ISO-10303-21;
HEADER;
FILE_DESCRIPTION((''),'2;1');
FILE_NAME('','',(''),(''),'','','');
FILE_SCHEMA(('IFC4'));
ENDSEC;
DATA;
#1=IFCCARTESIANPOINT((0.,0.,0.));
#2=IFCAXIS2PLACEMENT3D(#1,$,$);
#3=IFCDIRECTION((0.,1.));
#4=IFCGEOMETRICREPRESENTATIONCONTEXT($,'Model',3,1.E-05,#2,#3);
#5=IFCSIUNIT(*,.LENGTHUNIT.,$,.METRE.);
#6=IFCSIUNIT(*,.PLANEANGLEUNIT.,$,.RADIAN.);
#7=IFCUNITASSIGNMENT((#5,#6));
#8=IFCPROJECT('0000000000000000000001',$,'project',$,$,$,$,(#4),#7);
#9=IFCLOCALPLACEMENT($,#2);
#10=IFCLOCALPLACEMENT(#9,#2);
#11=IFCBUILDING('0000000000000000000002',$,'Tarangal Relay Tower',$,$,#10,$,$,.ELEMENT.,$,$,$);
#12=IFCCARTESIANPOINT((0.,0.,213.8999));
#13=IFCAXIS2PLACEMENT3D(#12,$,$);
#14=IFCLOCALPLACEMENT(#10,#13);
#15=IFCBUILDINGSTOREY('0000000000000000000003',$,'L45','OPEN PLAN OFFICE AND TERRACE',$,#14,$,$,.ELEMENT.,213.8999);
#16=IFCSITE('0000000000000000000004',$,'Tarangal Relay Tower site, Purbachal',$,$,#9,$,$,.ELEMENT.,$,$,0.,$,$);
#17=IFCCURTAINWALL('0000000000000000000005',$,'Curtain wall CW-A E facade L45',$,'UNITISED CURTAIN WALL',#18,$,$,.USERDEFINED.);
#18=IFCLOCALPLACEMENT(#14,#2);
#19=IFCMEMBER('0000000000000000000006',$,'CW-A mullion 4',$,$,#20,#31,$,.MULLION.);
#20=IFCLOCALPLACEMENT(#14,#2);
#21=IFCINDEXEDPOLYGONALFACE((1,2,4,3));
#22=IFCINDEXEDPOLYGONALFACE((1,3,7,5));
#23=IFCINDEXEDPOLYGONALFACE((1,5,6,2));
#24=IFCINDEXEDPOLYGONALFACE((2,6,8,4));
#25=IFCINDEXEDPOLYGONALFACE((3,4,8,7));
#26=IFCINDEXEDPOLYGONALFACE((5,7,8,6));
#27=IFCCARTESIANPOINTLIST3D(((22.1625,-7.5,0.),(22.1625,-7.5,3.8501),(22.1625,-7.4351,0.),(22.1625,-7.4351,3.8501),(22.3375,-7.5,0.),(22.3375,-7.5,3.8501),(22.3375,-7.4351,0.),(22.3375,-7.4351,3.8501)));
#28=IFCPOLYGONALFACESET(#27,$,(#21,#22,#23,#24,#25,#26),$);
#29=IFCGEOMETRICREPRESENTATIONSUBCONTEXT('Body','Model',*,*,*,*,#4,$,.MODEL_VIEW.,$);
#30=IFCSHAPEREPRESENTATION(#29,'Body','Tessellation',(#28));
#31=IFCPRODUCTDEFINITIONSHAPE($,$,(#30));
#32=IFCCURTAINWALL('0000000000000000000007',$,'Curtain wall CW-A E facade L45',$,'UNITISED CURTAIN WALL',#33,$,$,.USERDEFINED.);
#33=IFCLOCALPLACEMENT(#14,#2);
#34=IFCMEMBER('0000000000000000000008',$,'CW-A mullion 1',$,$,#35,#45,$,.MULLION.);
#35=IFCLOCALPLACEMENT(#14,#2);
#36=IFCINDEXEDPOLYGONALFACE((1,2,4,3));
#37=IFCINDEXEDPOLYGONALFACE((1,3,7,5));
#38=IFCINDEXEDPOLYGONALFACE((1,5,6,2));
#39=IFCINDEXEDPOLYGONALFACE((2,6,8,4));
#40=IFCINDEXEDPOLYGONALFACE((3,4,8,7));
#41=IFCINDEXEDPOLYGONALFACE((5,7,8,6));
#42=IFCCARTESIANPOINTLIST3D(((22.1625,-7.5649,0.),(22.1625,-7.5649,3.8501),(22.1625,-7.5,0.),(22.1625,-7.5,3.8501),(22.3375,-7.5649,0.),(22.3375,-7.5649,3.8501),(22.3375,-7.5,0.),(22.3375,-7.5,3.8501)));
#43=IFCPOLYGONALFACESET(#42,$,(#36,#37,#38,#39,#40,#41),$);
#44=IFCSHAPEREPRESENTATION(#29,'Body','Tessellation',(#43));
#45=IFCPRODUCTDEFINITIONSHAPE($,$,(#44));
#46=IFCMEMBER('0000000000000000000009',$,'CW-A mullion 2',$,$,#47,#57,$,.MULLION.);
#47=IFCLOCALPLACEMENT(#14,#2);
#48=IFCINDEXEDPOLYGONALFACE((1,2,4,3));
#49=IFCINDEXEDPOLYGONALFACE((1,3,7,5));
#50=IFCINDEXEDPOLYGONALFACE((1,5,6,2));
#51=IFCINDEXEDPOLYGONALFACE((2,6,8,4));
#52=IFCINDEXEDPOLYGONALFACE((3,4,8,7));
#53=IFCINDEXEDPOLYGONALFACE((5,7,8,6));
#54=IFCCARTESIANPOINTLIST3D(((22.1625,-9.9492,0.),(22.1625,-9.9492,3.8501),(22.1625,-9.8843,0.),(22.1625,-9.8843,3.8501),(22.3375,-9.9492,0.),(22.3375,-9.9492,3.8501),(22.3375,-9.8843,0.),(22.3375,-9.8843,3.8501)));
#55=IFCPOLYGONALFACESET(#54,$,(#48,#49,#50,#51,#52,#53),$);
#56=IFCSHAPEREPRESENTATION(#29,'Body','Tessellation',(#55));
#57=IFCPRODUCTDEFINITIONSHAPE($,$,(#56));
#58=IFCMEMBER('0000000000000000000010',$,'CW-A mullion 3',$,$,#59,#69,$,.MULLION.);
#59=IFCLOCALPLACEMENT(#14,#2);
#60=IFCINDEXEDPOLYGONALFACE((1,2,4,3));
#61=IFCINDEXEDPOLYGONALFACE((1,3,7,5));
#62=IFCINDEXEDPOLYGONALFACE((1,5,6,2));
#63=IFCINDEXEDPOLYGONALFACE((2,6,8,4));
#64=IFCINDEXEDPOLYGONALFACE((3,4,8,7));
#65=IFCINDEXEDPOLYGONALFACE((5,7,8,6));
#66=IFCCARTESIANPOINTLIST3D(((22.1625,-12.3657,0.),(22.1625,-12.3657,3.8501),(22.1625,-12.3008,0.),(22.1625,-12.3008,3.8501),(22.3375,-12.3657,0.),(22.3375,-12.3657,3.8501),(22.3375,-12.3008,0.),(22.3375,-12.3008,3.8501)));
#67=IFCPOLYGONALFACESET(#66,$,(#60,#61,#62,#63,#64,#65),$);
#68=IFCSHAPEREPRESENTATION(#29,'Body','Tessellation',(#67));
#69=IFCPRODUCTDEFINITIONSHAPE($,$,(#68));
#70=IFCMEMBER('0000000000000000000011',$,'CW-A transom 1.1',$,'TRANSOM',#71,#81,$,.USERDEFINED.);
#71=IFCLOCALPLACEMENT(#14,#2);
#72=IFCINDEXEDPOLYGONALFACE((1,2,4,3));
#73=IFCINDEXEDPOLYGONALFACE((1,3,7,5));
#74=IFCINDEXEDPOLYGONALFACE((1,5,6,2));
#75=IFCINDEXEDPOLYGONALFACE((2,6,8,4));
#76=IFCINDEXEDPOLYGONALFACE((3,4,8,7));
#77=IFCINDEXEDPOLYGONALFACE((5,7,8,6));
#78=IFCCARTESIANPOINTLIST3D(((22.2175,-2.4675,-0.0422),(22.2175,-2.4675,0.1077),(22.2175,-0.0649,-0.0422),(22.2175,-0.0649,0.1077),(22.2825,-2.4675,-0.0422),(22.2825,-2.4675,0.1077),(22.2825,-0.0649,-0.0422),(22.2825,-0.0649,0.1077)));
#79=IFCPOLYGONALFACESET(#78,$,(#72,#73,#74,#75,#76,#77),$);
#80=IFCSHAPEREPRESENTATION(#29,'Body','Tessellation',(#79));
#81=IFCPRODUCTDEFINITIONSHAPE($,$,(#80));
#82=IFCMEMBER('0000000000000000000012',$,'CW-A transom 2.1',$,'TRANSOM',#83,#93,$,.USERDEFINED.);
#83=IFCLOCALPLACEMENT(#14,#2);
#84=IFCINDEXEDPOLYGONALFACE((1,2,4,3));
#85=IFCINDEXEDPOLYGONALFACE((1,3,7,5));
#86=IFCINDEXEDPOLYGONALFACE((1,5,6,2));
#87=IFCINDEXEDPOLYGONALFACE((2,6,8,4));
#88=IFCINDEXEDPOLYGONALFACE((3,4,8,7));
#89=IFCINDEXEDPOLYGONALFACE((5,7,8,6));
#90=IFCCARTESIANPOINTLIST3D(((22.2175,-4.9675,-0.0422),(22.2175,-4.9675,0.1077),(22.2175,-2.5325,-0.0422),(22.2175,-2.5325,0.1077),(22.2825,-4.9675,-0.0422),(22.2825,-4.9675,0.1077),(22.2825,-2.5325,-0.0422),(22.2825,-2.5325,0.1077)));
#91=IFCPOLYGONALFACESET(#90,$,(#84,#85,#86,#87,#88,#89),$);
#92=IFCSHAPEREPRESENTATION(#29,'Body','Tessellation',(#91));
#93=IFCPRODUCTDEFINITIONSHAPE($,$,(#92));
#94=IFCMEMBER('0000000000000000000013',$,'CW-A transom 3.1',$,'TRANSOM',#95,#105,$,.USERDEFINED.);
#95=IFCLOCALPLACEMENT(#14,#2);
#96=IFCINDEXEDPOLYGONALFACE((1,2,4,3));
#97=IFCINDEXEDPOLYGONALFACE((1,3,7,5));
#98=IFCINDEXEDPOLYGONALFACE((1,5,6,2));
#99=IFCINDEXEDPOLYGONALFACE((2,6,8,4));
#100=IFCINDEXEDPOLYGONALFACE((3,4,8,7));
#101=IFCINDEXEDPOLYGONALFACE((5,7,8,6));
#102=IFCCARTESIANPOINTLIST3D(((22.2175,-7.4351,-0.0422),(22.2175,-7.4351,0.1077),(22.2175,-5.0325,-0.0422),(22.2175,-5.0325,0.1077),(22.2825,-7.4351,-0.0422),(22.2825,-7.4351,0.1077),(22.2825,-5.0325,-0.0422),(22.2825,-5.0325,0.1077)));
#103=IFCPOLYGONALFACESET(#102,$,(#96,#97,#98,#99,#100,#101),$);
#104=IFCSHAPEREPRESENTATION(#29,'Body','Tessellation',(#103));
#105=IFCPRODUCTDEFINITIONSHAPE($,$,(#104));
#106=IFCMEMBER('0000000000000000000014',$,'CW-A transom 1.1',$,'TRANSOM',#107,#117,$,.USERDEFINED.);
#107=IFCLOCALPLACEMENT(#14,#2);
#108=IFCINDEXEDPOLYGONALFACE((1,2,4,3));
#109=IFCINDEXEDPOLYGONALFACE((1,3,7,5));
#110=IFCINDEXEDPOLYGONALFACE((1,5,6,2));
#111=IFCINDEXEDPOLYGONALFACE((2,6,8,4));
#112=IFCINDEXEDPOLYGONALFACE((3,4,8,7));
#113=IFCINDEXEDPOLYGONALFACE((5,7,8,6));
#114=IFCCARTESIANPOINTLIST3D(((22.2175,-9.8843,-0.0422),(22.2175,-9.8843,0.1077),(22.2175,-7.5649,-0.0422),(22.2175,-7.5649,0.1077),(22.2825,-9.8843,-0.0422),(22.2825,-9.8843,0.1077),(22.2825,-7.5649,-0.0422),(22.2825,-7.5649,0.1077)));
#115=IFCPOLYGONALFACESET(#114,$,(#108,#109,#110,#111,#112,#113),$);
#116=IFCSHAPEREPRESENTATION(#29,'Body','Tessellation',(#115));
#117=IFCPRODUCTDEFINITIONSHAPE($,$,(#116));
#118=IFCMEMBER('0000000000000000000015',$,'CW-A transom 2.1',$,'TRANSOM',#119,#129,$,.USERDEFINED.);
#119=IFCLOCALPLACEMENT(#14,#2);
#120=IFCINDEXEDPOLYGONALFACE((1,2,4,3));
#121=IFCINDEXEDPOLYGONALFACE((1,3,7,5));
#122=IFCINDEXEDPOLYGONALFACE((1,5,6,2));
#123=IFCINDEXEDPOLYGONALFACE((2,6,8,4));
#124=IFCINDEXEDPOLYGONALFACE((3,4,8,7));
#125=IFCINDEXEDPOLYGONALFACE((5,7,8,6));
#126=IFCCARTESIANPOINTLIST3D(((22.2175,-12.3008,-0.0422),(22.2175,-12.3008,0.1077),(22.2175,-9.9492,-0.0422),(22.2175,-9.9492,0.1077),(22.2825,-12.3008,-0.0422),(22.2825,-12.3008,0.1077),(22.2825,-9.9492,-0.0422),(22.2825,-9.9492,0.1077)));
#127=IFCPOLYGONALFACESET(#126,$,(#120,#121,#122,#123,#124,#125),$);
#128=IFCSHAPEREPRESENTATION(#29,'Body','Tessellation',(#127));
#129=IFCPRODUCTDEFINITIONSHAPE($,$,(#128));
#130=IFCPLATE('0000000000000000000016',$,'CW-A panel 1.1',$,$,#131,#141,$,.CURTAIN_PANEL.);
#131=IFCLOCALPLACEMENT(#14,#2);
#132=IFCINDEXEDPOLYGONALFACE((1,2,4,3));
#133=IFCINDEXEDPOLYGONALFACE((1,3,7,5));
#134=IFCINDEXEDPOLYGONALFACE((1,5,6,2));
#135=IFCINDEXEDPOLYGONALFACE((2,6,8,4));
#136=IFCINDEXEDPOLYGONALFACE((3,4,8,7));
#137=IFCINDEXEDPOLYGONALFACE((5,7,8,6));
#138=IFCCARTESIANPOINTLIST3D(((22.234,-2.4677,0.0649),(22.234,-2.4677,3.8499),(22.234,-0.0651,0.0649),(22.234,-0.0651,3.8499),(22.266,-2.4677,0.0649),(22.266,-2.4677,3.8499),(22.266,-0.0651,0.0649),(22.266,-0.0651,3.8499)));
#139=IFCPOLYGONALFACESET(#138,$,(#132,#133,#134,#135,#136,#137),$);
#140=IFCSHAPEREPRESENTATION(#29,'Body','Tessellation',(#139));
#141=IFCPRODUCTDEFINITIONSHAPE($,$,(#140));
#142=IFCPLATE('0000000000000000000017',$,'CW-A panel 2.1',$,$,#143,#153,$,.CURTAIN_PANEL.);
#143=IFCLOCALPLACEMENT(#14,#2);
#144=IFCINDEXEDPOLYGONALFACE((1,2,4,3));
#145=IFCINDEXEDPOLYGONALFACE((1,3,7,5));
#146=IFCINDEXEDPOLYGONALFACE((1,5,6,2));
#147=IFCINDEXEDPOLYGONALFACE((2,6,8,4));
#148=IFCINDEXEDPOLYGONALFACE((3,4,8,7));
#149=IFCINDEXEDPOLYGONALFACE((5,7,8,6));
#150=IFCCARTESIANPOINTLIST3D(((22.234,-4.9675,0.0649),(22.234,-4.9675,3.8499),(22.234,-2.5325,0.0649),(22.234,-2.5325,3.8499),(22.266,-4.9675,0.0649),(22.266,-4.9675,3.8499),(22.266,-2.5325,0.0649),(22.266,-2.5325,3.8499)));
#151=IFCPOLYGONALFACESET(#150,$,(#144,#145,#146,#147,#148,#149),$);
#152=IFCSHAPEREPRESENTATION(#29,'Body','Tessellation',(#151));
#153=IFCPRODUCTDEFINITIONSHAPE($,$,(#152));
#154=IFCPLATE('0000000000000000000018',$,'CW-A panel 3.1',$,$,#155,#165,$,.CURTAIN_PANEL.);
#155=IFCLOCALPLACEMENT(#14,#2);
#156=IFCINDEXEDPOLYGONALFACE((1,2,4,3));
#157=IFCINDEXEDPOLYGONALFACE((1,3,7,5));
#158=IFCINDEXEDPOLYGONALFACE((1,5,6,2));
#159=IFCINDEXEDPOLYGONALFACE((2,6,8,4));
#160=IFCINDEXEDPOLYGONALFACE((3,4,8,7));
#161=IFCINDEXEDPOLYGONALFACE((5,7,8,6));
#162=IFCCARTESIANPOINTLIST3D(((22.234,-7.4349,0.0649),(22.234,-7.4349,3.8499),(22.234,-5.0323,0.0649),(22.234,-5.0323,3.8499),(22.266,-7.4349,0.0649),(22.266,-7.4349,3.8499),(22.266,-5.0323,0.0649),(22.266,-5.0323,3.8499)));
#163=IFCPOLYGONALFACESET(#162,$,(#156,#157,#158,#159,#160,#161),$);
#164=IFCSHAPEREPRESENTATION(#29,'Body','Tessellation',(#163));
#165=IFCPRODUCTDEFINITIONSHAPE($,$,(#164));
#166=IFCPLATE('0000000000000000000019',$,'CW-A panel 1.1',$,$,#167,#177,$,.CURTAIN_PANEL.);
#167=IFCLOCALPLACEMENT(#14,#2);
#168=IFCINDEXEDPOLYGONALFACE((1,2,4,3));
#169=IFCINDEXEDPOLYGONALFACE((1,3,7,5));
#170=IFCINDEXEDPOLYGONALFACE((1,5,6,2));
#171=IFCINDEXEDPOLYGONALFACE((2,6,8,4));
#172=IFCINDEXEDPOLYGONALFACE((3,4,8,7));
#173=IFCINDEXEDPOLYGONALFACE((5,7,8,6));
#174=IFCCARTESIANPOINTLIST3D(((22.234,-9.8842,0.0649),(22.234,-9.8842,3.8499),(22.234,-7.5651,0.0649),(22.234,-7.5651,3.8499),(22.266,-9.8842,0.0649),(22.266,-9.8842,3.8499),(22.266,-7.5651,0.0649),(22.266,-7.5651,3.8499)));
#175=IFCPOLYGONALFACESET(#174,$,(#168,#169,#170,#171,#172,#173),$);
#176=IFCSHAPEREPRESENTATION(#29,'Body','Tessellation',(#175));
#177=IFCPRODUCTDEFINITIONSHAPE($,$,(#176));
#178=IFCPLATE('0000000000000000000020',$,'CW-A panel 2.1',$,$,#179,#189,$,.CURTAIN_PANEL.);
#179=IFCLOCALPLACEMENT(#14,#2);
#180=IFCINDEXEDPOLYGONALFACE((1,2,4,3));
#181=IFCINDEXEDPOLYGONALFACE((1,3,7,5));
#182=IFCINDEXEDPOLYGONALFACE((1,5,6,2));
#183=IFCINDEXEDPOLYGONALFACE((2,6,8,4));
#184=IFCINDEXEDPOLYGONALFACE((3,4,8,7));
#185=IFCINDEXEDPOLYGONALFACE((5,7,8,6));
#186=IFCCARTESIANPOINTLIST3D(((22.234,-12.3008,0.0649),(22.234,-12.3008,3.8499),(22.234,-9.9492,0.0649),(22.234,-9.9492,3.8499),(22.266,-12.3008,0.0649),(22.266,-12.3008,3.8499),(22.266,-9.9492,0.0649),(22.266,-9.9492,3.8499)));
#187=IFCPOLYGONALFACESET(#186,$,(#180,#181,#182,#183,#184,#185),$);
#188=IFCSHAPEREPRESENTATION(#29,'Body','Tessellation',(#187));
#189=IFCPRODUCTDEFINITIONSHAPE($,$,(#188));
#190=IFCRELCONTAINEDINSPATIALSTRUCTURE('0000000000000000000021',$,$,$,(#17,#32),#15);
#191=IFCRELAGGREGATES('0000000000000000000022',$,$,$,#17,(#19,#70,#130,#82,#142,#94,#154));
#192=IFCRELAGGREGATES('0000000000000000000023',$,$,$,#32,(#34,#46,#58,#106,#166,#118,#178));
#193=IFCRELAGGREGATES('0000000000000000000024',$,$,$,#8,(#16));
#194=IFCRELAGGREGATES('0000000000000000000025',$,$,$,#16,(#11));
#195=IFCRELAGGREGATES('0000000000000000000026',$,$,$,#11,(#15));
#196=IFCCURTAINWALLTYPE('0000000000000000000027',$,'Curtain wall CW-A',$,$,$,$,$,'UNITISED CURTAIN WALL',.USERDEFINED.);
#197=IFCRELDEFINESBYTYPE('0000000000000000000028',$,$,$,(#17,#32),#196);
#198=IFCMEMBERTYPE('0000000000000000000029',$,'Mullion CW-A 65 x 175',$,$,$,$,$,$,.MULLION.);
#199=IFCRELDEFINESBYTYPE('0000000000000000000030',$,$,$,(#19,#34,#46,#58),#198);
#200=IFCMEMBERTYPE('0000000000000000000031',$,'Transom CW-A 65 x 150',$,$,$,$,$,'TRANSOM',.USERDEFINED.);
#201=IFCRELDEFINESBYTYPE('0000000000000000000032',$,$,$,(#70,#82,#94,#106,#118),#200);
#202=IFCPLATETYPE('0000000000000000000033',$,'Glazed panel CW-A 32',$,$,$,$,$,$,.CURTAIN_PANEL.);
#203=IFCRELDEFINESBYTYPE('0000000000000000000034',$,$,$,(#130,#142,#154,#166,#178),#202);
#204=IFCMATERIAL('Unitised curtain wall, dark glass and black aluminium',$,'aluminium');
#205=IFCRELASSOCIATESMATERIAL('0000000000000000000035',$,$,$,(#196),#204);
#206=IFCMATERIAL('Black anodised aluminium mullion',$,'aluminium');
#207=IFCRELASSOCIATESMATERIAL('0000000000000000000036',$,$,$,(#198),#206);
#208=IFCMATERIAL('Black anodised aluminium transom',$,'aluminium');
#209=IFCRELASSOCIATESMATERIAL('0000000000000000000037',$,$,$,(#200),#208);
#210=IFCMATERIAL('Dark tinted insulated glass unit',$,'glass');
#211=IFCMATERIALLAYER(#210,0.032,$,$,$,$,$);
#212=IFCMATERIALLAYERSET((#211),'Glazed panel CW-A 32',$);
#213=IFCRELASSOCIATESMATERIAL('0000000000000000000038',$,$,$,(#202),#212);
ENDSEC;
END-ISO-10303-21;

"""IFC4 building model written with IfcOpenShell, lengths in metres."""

from ifc_helpers import new_model, si_unit, direction, frame, origin, origin_2d, place, context, subcontext, project, spatial, rectangle, extrude, material, layer, layer_set, material_profile, profile_set, type_object, element, aggregate, save


model = new_model("IFC4")

# Units and contexts
model_context = context("Model", 3, precision=1e-05, world=origin(), true_north=direction((0.0, 1.0)))
body_context = subcontext(model_context, "Body", "Model", "MODEL_VIEW")
ifc_project = project(units=[si_unit("LENGTHUNIT", "METRE"), si_unit("PLANEANGLEUNIT", "RADIAN")], contexts=[model_context])

# Site, building, storey
site_placement = place(None, origin())
site = spatial("IfcSite", under=ifc_project, at=site_placement, Name="Tarangal Relay Tower site, Purbachal", CompositionType="ELEMENT", RefElevation=0.0)
building_placement = place(site_placement, origin())
building = spatial("IfcBuilding", under=site, at=building_placement, Name="Tarangal Relay Tower", CompositionType="ELEMENT")
storey_placement = place(building_placement, frame((0.0, 0.0, 213.8999)))
storey = spatial("IfcBuildingStorey", under=building, at=storey_placement, Name="L45", Description="OPEN PLAN OFFICE AND TERRACE", CompositionType="ELEMENT", Elevation=213.8999)

# Curtain walls, members
ifc_material_1 = material(Name="Unitised curtain wall, dark glass and black aluminium", Category="aluminium")
curtain_wall_type = type_object("IfcCurtainWallType", Name="Curtain wall CW-A", ElementType="UNITISED CURTAIN WALL", PredefinedType="USERDEFINED", material=ifc_material_1)
curtain_wall_1_placement = place(storey_placement, origin())
curtain_wall_1 = element("IfcCurtainWall", 1, at=curtain_wall_1_placement, inside=storey, type_object=curtain_wall_type, Name="Curtain wall CW-A E facade L45", ObjectType="UNITISED CURTAIN WALL", PredefinedType="USERDEFINED")
ifc_material_2 = material(Name="Black anodised aluminium mullion", Category="aluminium")
ifc_material_profile_1 = material_profile(ifc_material_2, rectangle(XDim=0.175, YDim=0.0649, at=origin_2d()), Name="CW-AM 65X175")
ifc_profile_set_1 = profile_set([ifc_material_profile_1], Name="Black anodised aluminium mullion")
member_type_1 = type_object("IfcMemberType", Name="Mullion CW-A 65 x 175", PredefinedType="MULLION", material=ifc_profile_set_1)
member_1_placement = place(storey_placement, frame((22.25, -7.4675, 0.0), z_axis=(0.0, 0.0, 1.0), x_axis=(1.0, 0.0, 0.0)))
member_1 = element("IfcMember", 2, at=member_1_placement, type_object=member_type_1, Name="CW-A mullion 4", PredefinedType="MULLION", context=body_context, shape_type="SweptSolid", body=[
    extrude(rectangle(XDim=0.175, YDim=0.0649, at=origin_2d()), origin(), (0.0, 0.0, 1.0), 3.8501),
])
curtain_wall_2_placement = place(storey_placement, origin())
curtain_wall_2 = element("IfcCurtainWall", 3, at=curtain_wall_2_placement, inside=storey, type_object=curtain_wall_type, Name="Curtain wall CW-A E facade L45", ObjectType="UNITISED CURTAIN WALL", PredefinedType="USERDEFINED")
member_2_placement = place(storey_placement, frame((22.25, -7.5325, 0.0), z_axis=(0.0, 0.0, 1.0), x_axis=(1.0, 0.0, 0.0)))
member_2 = element("IfcMember", 4, at=member_2_placement, type_object=member_type_1, Name="CW-A mullion 1", PredefinedType="MULLION", context=body_context, shape_type="SweptSolid", body=[
    extrude(rectangle(XDim=0.175, YDim=0.0649, at=origin_2d()), origin(), (0.0, 0.0, 1.0), 3.8501),
])
member_3_placement = place(storey_placement, frame((22.25, -9.9167, 0.0), z_axis=(0.0, 0.0, 1.0), x_axis=(1.0, 0.0, 0.0)))
member_3 = element("IfcMember", 5, at=member_3_placement, type_object=member_type_1, Name="CW-A mullion 2", PredefinedType="MULLION", context=body_context, shape_type="SweptSolid", body=[
    extrude(rectangle(XDim=0.175, YDim=0.0649, at=origin_2d()), origin(), (0.0, 0.0, 1.0), 3.8501),
])
member_4_placement = place(storey_placement, frame((22.25, -12.3333, 0.0), z_axis=(0.0, 0.0, 1.0), x_axis=(1.0, 0.0, 0.0)))
member_4 = element("IfcMember", 6, at=member_4_placement, type_object=member_type_1, Name="CW-A mullion 3", PredefinedType="MULLION", context=body_context, shape_type="SweptSolid", body=[
    extrude(rectangle(XDim=0.175, YDim=0.0649, at=origin_2d()), origin(), (0.0, 0.0, 1.0), 3.8501),
])

# Members
ifc_material_3 = material(Name="Black anodised aluminium transom", Category="aluminium")
ifc_material_profile_2 = material_profile(ifc_material_3, rectangle(XDim=0.0649, YDim=0.1499, at=origin_2d()), Name="CW-AT 65X150")
ifc_profile_set_2 = profile_set([ifc_material_profile_2], Name="Black anodised aluminium transom")
member_type_2 = type_object("IfcMemberType", Name="Transom CW-A 65 x 150", ElementType="TRANSOM", PredefinedType="USERDEFINED", material=ifc_profile_set_2)
member_5_placement = place(storey_placement, frame((22.25, -0.0649, 0.0327), z_axis=(0.0, -1.0, 0.0), x_axis=(1.0, 0.0, 0.0)))
member_5 = element("IfcMember", 7, at=member_5_placement, type_object=member_type_2, Name="CW-A transom 1.1", ObjectType="TRANSOM", PredefinedType="USERDEFINED", context=body_context, shape_type="SweptSolid", body=[
    extrude(rectangle(XDim=0.0649, YDim=0.1499, at=origin_2d()), origin(), (0.0, 0.0, 1.0), 2.4026),
])
member_6_placement = place(storey_placement, frame((22.25, -2.5325, 0.0327), z_axis=(0.0, -1.0, 0.0), x_axis=(1.0, 0.0, 0.0)))
member_6 = element("IfcMember", 8, at=member_6_placement, type_object=member_type_2, Name="CW-A transom 2.1", ObjectType="TRANSOM", PredefinedType="USERDEFINED", context=body_context, shape_type="SweptSolid", body=[
    extrude(rectangle(XDim=0.0649, YDim=0.1499, at=origin_2d()), origin(), (0.0, 0.0, 1.0), 2.4351),
])
member_7_placement = place(storey_placement, frame((22.25, -5.0325, 0.0327), z_axis=(0.0, -1.0, 0.0), x_axis=(1.0, 0.0, 0.0)))
member_7 = element("IfcMember", 9, at=member_7_placement, type_object=member_type_2, Name="CW-A transom 3.1", ObjectType="TRANSOM", PredefinedType="USERDEFINED", context=body_context, shape_type="SweptSolid", body=[
    extrude(rectangle(XDim=0.0649, YDim=0.1499, at=origin_2d()), origin(), (0.0, 0.0, 1.0), 2.4026),
])
member_8_placement = place(storey_placement, frame((22.25, -7.5649, 0.0327), z_axis=(0.0, -1.0, 0.0), x_axis=(1.0, 0.0, 0.0)))
member_8 = element("IfcMember", 10, at=member_8_placement, type_object=member_type_2, Name="CW-A transom 1.1", ObjectType="TRANSOM", PredefinedType="USERDEFINED", context=body_context, shape_type="SweptSolid", body=[
    extrude(rectangle(XDim=0.0649, YDim=0.1499, at=origin_2d()), origin(), (0.0, 0.0, 1.0), 2.3193),
])
member_9_placement = place(storey_placement, frame((22.25, -9.9492, 0.0327), z_axis=(0.0, -1.0, 0.0), x_axis=(1.0, 0.0, 0.0)))
member_9 = element("IfcMember", 11, at=member_9_placement, type_object=member_type_2, Name="CW-A transom 2.1", ObjectType="TRANSOM", PredefinedType="USERDEFINED", context=body_context, shape_type="SweptSolid", body=[
    extrude(rectangle(XDim=0.0649, YDim=0.1499, at=origin_2d()), origin(), (0.0, 0.0, 1.0), 2.3516),
])

# Plates
ifc_material_4 = material(Name="Dark tinted insulated glass unit", Category="glass")
ifc_layer_1 = layer(ifc_material_4, 0.032)
ifc_layer_set_1 = layer_set([ifc_layer_1], Name="Glazed panel CW-A 32")
plate_type = type_object("IfcPlateType", Name="Glazed panel CW-A 32", PredefinedType="CURTAIN_PANEL", material=ifc_layer_set_1)
plate_1_placement = place(storey_placement, frame((22.25, -1.2664, 0.0649), z_axis=(0.0, 0.0, 1.0), x_axis=(0.0, -1.0, 0.0)))
plate_1 = element("IfcPlate", 12, at=plate_1_placement, type_object=plate_type, Name="CW-A panel 1.1", PredefinedType="CURTAIN_PANEL", context=body_context, shape_type="SweptSolid", body=[
    extrude(rectangle(XDim=2.4026, YDim=0.032, at=origin_2d()), origin(), (0.0, 0.0, 1.0), 3.7849),
])
plate_2_placement = place(storey_placement, frame((22.25, -3.75, 0.0649), z_axis=(0.0, 0.0, 1.0), x_axis=(0.0, -1.0, 0.0)))
plate_2 = element("IfcPlate", 13, at=plate_2_placement, type_object=plate_type, Name="CW-A panel 2.1", PredefinedType="CURTAIN_PANEL", context=body_context, shape_type="SweptSolid", body=[
    extrude(rectangle(XDim=2.4351, YDim=0.032, at=origin_2d()), origin(), (0.0, 0.0, 1.0), 3.7849),
])
plate_3_placement = place(storey_placement, frame((22.25, -6.2336, 0.0649), z_axis=(0.0, 0.0, 1.0), x_axis=(0.0, -1.0, 0.0)))
plate_3 = element("IfcPlate", 14, at=plate_3_placement, type_object=plate_type, Name="CW-A panel 3.1", PredefinedType="CURTAIN_PANEL", context=body_context, shape_type="SweptSolid", body=[
    extrude(rectangle(XDim=2.4026, YDim=0.032, at=origin_2d()), origin(), (0.0, 0.0, 1.0), 3.7849),
])
aggregate(curtain_wall_1, [member_1, member_5, plate_1, member_6, plate_2, member_7, plate_3])
plate_4_placement = place(storey_placement, frame((22.25, -8.7246, 0.0649), z_axis=(0.0, 0.0, 1.0), x_axis=(0.0, -1.0, 0.0)))
plate_4 = element("IfcPlate", 15, at=plate_4_placement, type_object=plate_type, Name="CW-A panel 1.1", PredefinedType="CURTAIN_PANEL", context=body_context, shape_type="SweptSolid", body=[
    extrude(rectangle(XDim=2.3191, YDim=0.032, at=origin_2d()), origin(), (0.0, 0.0, 1.0), 3.7849),
])
plate_5_placement = place(storey_placement, frame((22.25, -11.125, 0.0649), z_axis=(0.0, 0.0, 1.0), x_axis=(0.0, -1.0, 0.0)))
plate_5 = element("IfcPlate", 16, at=plate_5_placement, type_object=plate_type, Name="CW-A panel 2.1", PredefinedType="CURTAIN_PANEL", context=body_context, shape_type="SweptSolid", body=[
    extrude(rectangle(XDim=2.3516, YDim=0.032, at=origin_2d()), origin(), (0.0, 0.0, 1.0), 3.7849),
])
aggregate(curtain_wall_2, [member_2, member_3, member_4, member_8, plate_4, member_9, plate_5])

save(model, "model.ifc")
